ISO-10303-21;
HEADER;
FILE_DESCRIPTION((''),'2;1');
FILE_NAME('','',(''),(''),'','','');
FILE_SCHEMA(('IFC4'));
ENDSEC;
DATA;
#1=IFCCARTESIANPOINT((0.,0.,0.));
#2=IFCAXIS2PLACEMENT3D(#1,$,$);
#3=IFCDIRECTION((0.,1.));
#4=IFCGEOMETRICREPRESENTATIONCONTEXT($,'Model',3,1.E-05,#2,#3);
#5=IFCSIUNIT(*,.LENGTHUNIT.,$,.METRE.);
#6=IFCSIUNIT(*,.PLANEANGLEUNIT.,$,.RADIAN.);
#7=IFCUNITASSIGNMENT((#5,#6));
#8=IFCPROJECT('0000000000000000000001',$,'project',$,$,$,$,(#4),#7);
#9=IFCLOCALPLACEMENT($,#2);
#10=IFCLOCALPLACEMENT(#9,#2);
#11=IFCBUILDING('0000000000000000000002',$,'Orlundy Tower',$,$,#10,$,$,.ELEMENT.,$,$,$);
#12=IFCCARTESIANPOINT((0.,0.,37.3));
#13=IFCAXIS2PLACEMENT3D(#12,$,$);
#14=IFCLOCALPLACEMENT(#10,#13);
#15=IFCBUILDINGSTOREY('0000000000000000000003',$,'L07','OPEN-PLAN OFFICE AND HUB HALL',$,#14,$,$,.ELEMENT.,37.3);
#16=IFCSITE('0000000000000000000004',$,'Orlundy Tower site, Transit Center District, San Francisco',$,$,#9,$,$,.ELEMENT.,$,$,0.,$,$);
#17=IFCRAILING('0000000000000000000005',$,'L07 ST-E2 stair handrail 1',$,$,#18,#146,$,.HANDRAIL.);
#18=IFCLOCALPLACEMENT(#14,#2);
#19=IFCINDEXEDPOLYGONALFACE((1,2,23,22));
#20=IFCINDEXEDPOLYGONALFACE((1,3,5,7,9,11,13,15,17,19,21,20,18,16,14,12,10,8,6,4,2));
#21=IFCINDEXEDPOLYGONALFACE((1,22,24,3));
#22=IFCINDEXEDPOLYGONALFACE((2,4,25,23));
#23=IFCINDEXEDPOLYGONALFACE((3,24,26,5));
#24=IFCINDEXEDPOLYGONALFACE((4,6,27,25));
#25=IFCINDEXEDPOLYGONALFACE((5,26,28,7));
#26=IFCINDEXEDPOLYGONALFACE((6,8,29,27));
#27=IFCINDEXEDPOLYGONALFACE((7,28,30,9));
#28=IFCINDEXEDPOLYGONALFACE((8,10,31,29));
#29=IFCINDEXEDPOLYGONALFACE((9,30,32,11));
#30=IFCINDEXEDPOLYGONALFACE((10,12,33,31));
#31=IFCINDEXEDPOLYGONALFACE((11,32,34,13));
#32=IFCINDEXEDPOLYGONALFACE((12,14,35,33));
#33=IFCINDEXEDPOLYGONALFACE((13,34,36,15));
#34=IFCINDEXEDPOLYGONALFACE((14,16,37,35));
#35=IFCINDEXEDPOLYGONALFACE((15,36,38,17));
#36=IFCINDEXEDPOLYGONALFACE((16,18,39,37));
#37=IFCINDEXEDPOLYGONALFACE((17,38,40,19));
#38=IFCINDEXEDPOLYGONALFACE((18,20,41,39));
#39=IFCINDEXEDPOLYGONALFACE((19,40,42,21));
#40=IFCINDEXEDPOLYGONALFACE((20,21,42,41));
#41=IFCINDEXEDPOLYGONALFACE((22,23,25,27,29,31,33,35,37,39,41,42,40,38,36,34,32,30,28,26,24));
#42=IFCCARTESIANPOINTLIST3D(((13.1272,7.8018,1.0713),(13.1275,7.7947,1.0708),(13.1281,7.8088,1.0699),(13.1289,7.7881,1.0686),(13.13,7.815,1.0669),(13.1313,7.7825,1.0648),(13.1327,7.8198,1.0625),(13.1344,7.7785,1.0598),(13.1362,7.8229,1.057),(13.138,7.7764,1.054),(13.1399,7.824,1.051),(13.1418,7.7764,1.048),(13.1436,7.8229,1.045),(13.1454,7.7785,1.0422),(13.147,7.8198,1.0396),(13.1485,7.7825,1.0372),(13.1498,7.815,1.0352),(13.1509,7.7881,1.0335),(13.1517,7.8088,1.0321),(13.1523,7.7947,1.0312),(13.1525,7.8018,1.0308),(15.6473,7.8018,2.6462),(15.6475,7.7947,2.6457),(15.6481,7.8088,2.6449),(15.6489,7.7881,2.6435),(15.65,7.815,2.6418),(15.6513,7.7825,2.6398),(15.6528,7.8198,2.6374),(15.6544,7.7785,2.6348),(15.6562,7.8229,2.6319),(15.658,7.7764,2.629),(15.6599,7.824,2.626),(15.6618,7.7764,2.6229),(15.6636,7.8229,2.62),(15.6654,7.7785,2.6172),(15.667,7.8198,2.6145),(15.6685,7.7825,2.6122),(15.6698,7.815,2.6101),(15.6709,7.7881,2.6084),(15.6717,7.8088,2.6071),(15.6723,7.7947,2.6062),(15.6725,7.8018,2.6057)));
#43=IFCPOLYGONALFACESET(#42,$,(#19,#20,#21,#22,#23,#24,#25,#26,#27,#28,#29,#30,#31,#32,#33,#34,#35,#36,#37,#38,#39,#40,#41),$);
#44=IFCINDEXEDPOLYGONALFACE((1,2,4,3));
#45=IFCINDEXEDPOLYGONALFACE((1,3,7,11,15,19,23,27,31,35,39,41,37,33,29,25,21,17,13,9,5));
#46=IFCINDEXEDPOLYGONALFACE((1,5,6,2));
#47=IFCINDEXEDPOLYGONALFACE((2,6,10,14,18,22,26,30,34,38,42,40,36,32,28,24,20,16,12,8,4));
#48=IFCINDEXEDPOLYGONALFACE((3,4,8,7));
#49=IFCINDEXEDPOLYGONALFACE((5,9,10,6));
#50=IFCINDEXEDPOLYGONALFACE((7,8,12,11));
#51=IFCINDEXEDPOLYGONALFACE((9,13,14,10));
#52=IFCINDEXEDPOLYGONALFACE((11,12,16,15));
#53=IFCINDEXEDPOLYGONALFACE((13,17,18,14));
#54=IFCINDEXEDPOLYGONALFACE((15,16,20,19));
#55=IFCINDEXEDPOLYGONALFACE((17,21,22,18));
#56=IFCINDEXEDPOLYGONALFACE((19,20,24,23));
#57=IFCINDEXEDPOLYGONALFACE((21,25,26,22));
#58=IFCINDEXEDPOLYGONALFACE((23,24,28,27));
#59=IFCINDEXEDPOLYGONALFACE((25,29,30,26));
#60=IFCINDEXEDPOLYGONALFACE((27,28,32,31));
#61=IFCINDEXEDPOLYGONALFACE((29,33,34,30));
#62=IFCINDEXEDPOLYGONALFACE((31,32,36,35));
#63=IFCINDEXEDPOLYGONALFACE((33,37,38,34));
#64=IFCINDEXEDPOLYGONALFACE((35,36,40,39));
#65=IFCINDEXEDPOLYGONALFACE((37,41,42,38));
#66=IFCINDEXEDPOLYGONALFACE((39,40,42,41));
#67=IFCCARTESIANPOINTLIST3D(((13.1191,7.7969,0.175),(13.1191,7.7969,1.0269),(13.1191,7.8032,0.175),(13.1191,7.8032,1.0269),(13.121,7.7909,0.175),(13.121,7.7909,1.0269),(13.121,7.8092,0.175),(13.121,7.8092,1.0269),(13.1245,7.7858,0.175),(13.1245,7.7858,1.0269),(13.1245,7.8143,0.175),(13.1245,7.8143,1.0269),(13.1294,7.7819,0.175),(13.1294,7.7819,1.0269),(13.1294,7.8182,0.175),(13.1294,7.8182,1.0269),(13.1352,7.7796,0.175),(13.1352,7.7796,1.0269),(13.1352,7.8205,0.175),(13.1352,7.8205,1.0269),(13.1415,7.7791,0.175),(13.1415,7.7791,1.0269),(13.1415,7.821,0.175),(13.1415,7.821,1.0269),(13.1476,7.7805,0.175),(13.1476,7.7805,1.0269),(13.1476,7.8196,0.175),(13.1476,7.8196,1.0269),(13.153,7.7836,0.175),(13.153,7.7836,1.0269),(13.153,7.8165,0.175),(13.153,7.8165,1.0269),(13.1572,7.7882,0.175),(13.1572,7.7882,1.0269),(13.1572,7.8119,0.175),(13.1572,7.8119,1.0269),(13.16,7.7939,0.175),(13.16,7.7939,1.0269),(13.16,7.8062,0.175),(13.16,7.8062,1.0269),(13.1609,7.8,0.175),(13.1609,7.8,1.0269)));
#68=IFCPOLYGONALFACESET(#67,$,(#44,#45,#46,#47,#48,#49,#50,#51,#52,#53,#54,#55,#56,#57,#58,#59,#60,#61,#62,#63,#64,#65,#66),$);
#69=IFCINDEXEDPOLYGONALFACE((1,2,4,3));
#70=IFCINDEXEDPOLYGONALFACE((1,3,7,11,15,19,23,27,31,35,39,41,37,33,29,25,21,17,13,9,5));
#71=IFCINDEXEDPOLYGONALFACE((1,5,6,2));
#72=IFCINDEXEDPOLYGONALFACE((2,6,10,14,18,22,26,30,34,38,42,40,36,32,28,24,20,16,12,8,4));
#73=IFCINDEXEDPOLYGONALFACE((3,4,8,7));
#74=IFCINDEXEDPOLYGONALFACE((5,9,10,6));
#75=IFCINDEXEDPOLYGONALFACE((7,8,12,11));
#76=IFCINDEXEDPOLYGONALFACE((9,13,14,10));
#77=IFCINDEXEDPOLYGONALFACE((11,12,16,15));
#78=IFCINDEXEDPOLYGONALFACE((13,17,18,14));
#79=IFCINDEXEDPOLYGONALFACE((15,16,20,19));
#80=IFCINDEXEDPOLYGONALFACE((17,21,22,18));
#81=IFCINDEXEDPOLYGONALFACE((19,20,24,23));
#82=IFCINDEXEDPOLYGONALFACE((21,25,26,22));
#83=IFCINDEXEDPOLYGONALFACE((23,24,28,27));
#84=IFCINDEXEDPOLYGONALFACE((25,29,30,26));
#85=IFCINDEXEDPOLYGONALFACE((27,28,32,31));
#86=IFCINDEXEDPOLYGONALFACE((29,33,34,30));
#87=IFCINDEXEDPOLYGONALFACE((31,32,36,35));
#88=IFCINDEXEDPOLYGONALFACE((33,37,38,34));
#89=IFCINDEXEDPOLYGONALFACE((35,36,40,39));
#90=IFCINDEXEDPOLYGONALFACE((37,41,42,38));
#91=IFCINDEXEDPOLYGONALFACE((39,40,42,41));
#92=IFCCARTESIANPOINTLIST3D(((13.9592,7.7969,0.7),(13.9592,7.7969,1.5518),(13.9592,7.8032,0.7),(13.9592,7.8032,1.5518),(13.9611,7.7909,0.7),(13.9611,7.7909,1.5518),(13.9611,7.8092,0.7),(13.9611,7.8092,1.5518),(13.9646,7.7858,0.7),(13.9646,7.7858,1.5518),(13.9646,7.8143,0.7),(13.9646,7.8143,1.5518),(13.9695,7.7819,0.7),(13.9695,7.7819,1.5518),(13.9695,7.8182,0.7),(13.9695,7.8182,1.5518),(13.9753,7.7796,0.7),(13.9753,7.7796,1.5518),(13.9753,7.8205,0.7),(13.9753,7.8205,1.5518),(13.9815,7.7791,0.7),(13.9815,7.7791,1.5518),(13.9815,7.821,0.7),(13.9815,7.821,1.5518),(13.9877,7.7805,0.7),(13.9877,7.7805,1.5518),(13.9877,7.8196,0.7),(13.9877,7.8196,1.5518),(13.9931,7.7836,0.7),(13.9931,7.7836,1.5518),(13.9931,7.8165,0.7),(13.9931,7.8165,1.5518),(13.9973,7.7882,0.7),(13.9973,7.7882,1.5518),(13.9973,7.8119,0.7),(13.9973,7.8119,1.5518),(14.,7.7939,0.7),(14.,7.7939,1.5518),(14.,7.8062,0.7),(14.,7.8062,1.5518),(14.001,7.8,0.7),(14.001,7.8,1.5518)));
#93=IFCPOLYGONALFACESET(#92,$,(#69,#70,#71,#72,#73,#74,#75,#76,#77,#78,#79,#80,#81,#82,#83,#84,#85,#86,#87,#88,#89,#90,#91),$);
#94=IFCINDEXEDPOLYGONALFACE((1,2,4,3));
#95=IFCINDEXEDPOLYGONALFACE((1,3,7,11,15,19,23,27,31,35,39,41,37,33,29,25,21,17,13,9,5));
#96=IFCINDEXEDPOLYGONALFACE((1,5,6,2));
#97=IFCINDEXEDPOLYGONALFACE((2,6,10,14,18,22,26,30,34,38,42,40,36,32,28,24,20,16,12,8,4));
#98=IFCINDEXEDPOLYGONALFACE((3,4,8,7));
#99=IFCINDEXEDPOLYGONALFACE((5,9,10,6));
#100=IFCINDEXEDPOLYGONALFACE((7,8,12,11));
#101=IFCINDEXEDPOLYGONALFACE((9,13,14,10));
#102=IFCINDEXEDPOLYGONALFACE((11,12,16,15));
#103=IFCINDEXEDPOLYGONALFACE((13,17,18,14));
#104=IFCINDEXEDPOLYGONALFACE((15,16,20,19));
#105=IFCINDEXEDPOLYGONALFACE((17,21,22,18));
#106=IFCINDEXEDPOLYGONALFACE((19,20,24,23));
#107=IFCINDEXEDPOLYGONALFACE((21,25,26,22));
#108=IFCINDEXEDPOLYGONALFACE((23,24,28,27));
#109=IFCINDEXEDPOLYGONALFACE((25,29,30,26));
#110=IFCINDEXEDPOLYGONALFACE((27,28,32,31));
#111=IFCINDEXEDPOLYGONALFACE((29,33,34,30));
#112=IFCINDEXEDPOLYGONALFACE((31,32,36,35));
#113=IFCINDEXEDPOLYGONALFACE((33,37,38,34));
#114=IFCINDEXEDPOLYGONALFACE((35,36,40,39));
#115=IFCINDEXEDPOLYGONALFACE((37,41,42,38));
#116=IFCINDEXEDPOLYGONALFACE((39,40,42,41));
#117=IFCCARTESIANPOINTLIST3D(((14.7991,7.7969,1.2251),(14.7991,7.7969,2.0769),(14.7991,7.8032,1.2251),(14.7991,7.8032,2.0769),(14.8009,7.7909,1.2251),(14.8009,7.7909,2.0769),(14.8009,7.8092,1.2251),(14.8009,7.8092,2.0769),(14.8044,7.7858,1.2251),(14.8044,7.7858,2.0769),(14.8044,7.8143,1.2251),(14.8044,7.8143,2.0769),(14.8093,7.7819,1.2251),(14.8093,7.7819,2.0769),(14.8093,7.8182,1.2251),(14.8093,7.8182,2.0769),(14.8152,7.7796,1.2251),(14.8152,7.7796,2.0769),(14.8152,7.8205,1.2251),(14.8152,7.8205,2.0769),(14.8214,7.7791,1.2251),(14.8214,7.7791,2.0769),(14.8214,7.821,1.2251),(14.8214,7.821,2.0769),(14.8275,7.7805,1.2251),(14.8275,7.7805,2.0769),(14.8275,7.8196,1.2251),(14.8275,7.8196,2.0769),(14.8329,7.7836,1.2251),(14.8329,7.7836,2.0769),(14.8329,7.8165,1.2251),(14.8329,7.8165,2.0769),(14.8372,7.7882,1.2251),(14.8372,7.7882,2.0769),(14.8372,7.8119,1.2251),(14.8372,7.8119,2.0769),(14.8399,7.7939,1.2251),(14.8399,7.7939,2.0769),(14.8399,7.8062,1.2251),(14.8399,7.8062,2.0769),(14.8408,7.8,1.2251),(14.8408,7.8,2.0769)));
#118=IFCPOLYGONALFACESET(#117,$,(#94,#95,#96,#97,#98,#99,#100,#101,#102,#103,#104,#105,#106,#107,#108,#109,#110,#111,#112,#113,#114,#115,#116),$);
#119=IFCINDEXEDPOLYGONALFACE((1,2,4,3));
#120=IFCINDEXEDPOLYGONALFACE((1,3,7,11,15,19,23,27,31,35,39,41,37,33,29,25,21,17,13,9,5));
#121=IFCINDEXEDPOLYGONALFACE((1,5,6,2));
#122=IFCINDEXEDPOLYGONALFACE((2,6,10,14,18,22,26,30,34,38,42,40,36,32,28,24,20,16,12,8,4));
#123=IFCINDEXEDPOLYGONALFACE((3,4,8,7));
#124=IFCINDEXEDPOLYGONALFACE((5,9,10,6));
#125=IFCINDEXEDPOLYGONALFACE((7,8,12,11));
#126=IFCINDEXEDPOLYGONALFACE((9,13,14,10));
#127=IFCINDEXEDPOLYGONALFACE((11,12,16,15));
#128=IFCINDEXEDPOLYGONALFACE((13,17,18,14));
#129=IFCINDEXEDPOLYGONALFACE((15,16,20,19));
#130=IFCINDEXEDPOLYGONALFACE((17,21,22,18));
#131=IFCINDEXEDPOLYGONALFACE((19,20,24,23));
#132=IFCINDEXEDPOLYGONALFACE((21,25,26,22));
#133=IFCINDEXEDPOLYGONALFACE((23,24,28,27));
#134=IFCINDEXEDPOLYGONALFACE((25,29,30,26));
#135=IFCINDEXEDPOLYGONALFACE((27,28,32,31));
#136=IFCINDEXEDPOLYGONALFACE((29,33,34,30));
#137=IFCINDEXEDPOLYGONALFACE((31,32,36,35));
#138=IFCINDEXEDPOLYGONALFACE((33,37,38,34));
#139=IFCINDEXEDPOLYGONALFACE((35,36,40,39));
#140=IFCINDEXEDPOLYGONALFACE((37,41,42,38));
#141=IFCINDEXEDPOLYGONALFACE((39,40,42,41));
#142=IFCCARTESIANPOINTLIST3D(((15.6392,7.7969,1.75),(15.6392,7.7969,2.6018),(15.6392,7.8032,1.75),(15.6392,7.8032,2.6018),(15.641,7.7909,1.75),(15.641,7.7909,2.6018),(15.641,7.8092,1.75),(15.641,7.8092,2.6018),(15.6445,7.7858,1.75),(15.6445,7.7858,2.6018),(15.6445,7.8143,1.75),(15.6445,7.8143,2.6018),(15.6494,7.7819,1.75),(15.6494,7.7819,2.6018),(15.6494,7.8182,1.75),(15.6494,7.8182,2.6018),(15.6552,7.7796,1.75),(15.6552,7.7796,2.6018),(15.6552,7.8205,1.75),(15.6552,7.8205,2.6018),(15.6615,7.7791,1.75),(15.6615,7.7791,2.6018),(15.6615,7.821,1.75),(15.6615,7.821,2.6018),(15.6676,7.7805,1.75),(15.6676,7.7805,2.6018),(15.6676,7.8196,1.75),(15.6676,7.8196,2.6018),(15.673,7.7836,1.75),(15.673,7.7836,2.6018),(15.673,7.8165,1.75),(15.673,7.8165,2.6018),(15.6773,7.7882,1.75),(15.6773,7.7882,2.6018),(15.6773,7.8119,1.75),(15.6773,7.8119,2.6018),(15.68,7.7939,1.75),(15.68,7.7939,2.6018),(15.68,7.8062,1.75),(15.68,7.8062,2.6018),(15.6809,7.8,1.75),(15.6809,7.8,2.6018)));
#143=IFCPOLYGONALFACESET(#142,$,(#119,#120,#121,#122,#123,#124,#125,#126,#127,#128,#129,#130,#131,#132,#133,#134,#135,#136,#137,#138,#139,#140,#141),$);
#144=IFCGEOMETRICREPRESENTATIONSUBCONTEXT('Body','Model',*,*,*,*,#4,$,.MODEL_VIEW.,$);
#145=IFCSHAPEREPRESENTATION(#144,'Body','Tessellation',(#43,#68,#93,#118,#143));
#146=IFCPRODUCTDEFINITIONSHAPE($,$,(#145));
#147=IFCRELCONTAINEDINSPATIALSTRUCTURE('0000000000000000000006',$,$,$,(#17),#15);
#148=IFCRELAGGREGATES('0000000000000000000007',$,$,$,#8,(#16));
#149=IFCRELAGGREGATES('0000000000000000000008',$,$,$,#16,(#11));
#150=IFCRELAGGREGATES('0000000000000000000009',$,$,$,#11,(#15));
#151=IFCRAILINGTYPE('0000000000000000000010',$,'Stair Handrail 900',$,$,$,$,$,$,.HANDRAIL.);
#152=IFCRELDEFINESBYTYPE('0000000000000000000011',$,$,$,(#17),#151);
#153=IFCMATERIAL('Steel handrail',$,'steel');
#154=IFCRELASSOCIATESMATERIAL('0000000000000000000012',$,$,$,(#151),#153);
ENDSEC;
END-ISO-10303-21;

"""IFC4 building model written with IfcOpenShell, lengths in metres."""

from ifc_helpers import new_model, si_unit, direction, frame, origin, origin_2d, place, context, subcontext, project, spatial, circle, extrude, material, type_object, element, save


model = new_model("IFC4")

# Units and contexts
model_context = context("Model", 3, precision=1e-05, world=origin(), true_north=direction((0.0, 1.0)))
body_context = subcontext(model_context, "Body", "Model", "MODEL_VIEW")
ifc_project = project(units=[si_unit("LENGTHUNIT", "METRE"), si_unit("PLANEANGLEUNIT", "RADIAN")], contexts=[model_context])

# Site, building, storey
site_placement = place(None, origin())
site = spatial("IfcSite", under=ifc_project, at=site_placement, Name="Orlundy Tower site, Transit Center District, San Francisco", CompositionType="ELEMENT", RefElevation=0.0)
building_placement = place(site_placement, origin())
building = spatial("IfcBuilding", under=site, at=building_placement, Name="Orlundy Tower", CompositionType="ELEMENT")
storey_placement = place(building_placement, frame((0.0, 0.0, 37.3)))
storey = spatial("IfcBuildingStorey", under=building, at=storey_placement, Name="L07", Description="OPEN-PLAN OFFICE AND HUB HALL", CompositionType="ELEMENT", Elevation=37.3)

# Railing
ifc_material_1 = material(Name="Steel handrail", Category="steel")
railing_type_1 = type_object("IfcRailingType", Name="Stair Handrail 900", PredefinedType="HANDRAIL", material=ifc_material_1)
railing_1_placement = place(storey_placement, frame((13.1399, 7.8, 0.175)))
element("IfcRailing", 1, at=railing_1_placement, inside=storey, type_object=railing_type_1, Name="L07 ST-E2 stair handrail 1", PredefinedType="HANDRAIL", context=body_context, shape_type="SweptSolid", body=[
    extrude(circle(Radius=0.0239, at=origin_2d()), frame((0.0, 0.0, 0.876), z_axis=(0.848008, 0.0, 0.529984), x_axis=(0.0, 1.0, 0.0)), (0.0, 0.0, 1.0), 2.9717),
    extrude(circle(Radius=0.021, at=origin_2d()), origin(), (0.0, 0.0, 1.0), 0.8518),
    extrude(circle(Radius=0.021, at=origin_2d()), frame((0.8401, 0.0, 0.5249)), (0.0, 0.0, 1.0), 0.8518),
    extrude(circle(Radius=0.021, at=origin_2d()), frame((1.6799, 0.0, 1.05)), (0.0, 0.0, 1.0), 0.8518),
    extrude(circle(Radius=0.021, at=origin_2d()), frame((2.52, 0.0, 1.575)), (0.0, 0.0, 1.0), 0.8518),
])

save(model, "model.ifc")
